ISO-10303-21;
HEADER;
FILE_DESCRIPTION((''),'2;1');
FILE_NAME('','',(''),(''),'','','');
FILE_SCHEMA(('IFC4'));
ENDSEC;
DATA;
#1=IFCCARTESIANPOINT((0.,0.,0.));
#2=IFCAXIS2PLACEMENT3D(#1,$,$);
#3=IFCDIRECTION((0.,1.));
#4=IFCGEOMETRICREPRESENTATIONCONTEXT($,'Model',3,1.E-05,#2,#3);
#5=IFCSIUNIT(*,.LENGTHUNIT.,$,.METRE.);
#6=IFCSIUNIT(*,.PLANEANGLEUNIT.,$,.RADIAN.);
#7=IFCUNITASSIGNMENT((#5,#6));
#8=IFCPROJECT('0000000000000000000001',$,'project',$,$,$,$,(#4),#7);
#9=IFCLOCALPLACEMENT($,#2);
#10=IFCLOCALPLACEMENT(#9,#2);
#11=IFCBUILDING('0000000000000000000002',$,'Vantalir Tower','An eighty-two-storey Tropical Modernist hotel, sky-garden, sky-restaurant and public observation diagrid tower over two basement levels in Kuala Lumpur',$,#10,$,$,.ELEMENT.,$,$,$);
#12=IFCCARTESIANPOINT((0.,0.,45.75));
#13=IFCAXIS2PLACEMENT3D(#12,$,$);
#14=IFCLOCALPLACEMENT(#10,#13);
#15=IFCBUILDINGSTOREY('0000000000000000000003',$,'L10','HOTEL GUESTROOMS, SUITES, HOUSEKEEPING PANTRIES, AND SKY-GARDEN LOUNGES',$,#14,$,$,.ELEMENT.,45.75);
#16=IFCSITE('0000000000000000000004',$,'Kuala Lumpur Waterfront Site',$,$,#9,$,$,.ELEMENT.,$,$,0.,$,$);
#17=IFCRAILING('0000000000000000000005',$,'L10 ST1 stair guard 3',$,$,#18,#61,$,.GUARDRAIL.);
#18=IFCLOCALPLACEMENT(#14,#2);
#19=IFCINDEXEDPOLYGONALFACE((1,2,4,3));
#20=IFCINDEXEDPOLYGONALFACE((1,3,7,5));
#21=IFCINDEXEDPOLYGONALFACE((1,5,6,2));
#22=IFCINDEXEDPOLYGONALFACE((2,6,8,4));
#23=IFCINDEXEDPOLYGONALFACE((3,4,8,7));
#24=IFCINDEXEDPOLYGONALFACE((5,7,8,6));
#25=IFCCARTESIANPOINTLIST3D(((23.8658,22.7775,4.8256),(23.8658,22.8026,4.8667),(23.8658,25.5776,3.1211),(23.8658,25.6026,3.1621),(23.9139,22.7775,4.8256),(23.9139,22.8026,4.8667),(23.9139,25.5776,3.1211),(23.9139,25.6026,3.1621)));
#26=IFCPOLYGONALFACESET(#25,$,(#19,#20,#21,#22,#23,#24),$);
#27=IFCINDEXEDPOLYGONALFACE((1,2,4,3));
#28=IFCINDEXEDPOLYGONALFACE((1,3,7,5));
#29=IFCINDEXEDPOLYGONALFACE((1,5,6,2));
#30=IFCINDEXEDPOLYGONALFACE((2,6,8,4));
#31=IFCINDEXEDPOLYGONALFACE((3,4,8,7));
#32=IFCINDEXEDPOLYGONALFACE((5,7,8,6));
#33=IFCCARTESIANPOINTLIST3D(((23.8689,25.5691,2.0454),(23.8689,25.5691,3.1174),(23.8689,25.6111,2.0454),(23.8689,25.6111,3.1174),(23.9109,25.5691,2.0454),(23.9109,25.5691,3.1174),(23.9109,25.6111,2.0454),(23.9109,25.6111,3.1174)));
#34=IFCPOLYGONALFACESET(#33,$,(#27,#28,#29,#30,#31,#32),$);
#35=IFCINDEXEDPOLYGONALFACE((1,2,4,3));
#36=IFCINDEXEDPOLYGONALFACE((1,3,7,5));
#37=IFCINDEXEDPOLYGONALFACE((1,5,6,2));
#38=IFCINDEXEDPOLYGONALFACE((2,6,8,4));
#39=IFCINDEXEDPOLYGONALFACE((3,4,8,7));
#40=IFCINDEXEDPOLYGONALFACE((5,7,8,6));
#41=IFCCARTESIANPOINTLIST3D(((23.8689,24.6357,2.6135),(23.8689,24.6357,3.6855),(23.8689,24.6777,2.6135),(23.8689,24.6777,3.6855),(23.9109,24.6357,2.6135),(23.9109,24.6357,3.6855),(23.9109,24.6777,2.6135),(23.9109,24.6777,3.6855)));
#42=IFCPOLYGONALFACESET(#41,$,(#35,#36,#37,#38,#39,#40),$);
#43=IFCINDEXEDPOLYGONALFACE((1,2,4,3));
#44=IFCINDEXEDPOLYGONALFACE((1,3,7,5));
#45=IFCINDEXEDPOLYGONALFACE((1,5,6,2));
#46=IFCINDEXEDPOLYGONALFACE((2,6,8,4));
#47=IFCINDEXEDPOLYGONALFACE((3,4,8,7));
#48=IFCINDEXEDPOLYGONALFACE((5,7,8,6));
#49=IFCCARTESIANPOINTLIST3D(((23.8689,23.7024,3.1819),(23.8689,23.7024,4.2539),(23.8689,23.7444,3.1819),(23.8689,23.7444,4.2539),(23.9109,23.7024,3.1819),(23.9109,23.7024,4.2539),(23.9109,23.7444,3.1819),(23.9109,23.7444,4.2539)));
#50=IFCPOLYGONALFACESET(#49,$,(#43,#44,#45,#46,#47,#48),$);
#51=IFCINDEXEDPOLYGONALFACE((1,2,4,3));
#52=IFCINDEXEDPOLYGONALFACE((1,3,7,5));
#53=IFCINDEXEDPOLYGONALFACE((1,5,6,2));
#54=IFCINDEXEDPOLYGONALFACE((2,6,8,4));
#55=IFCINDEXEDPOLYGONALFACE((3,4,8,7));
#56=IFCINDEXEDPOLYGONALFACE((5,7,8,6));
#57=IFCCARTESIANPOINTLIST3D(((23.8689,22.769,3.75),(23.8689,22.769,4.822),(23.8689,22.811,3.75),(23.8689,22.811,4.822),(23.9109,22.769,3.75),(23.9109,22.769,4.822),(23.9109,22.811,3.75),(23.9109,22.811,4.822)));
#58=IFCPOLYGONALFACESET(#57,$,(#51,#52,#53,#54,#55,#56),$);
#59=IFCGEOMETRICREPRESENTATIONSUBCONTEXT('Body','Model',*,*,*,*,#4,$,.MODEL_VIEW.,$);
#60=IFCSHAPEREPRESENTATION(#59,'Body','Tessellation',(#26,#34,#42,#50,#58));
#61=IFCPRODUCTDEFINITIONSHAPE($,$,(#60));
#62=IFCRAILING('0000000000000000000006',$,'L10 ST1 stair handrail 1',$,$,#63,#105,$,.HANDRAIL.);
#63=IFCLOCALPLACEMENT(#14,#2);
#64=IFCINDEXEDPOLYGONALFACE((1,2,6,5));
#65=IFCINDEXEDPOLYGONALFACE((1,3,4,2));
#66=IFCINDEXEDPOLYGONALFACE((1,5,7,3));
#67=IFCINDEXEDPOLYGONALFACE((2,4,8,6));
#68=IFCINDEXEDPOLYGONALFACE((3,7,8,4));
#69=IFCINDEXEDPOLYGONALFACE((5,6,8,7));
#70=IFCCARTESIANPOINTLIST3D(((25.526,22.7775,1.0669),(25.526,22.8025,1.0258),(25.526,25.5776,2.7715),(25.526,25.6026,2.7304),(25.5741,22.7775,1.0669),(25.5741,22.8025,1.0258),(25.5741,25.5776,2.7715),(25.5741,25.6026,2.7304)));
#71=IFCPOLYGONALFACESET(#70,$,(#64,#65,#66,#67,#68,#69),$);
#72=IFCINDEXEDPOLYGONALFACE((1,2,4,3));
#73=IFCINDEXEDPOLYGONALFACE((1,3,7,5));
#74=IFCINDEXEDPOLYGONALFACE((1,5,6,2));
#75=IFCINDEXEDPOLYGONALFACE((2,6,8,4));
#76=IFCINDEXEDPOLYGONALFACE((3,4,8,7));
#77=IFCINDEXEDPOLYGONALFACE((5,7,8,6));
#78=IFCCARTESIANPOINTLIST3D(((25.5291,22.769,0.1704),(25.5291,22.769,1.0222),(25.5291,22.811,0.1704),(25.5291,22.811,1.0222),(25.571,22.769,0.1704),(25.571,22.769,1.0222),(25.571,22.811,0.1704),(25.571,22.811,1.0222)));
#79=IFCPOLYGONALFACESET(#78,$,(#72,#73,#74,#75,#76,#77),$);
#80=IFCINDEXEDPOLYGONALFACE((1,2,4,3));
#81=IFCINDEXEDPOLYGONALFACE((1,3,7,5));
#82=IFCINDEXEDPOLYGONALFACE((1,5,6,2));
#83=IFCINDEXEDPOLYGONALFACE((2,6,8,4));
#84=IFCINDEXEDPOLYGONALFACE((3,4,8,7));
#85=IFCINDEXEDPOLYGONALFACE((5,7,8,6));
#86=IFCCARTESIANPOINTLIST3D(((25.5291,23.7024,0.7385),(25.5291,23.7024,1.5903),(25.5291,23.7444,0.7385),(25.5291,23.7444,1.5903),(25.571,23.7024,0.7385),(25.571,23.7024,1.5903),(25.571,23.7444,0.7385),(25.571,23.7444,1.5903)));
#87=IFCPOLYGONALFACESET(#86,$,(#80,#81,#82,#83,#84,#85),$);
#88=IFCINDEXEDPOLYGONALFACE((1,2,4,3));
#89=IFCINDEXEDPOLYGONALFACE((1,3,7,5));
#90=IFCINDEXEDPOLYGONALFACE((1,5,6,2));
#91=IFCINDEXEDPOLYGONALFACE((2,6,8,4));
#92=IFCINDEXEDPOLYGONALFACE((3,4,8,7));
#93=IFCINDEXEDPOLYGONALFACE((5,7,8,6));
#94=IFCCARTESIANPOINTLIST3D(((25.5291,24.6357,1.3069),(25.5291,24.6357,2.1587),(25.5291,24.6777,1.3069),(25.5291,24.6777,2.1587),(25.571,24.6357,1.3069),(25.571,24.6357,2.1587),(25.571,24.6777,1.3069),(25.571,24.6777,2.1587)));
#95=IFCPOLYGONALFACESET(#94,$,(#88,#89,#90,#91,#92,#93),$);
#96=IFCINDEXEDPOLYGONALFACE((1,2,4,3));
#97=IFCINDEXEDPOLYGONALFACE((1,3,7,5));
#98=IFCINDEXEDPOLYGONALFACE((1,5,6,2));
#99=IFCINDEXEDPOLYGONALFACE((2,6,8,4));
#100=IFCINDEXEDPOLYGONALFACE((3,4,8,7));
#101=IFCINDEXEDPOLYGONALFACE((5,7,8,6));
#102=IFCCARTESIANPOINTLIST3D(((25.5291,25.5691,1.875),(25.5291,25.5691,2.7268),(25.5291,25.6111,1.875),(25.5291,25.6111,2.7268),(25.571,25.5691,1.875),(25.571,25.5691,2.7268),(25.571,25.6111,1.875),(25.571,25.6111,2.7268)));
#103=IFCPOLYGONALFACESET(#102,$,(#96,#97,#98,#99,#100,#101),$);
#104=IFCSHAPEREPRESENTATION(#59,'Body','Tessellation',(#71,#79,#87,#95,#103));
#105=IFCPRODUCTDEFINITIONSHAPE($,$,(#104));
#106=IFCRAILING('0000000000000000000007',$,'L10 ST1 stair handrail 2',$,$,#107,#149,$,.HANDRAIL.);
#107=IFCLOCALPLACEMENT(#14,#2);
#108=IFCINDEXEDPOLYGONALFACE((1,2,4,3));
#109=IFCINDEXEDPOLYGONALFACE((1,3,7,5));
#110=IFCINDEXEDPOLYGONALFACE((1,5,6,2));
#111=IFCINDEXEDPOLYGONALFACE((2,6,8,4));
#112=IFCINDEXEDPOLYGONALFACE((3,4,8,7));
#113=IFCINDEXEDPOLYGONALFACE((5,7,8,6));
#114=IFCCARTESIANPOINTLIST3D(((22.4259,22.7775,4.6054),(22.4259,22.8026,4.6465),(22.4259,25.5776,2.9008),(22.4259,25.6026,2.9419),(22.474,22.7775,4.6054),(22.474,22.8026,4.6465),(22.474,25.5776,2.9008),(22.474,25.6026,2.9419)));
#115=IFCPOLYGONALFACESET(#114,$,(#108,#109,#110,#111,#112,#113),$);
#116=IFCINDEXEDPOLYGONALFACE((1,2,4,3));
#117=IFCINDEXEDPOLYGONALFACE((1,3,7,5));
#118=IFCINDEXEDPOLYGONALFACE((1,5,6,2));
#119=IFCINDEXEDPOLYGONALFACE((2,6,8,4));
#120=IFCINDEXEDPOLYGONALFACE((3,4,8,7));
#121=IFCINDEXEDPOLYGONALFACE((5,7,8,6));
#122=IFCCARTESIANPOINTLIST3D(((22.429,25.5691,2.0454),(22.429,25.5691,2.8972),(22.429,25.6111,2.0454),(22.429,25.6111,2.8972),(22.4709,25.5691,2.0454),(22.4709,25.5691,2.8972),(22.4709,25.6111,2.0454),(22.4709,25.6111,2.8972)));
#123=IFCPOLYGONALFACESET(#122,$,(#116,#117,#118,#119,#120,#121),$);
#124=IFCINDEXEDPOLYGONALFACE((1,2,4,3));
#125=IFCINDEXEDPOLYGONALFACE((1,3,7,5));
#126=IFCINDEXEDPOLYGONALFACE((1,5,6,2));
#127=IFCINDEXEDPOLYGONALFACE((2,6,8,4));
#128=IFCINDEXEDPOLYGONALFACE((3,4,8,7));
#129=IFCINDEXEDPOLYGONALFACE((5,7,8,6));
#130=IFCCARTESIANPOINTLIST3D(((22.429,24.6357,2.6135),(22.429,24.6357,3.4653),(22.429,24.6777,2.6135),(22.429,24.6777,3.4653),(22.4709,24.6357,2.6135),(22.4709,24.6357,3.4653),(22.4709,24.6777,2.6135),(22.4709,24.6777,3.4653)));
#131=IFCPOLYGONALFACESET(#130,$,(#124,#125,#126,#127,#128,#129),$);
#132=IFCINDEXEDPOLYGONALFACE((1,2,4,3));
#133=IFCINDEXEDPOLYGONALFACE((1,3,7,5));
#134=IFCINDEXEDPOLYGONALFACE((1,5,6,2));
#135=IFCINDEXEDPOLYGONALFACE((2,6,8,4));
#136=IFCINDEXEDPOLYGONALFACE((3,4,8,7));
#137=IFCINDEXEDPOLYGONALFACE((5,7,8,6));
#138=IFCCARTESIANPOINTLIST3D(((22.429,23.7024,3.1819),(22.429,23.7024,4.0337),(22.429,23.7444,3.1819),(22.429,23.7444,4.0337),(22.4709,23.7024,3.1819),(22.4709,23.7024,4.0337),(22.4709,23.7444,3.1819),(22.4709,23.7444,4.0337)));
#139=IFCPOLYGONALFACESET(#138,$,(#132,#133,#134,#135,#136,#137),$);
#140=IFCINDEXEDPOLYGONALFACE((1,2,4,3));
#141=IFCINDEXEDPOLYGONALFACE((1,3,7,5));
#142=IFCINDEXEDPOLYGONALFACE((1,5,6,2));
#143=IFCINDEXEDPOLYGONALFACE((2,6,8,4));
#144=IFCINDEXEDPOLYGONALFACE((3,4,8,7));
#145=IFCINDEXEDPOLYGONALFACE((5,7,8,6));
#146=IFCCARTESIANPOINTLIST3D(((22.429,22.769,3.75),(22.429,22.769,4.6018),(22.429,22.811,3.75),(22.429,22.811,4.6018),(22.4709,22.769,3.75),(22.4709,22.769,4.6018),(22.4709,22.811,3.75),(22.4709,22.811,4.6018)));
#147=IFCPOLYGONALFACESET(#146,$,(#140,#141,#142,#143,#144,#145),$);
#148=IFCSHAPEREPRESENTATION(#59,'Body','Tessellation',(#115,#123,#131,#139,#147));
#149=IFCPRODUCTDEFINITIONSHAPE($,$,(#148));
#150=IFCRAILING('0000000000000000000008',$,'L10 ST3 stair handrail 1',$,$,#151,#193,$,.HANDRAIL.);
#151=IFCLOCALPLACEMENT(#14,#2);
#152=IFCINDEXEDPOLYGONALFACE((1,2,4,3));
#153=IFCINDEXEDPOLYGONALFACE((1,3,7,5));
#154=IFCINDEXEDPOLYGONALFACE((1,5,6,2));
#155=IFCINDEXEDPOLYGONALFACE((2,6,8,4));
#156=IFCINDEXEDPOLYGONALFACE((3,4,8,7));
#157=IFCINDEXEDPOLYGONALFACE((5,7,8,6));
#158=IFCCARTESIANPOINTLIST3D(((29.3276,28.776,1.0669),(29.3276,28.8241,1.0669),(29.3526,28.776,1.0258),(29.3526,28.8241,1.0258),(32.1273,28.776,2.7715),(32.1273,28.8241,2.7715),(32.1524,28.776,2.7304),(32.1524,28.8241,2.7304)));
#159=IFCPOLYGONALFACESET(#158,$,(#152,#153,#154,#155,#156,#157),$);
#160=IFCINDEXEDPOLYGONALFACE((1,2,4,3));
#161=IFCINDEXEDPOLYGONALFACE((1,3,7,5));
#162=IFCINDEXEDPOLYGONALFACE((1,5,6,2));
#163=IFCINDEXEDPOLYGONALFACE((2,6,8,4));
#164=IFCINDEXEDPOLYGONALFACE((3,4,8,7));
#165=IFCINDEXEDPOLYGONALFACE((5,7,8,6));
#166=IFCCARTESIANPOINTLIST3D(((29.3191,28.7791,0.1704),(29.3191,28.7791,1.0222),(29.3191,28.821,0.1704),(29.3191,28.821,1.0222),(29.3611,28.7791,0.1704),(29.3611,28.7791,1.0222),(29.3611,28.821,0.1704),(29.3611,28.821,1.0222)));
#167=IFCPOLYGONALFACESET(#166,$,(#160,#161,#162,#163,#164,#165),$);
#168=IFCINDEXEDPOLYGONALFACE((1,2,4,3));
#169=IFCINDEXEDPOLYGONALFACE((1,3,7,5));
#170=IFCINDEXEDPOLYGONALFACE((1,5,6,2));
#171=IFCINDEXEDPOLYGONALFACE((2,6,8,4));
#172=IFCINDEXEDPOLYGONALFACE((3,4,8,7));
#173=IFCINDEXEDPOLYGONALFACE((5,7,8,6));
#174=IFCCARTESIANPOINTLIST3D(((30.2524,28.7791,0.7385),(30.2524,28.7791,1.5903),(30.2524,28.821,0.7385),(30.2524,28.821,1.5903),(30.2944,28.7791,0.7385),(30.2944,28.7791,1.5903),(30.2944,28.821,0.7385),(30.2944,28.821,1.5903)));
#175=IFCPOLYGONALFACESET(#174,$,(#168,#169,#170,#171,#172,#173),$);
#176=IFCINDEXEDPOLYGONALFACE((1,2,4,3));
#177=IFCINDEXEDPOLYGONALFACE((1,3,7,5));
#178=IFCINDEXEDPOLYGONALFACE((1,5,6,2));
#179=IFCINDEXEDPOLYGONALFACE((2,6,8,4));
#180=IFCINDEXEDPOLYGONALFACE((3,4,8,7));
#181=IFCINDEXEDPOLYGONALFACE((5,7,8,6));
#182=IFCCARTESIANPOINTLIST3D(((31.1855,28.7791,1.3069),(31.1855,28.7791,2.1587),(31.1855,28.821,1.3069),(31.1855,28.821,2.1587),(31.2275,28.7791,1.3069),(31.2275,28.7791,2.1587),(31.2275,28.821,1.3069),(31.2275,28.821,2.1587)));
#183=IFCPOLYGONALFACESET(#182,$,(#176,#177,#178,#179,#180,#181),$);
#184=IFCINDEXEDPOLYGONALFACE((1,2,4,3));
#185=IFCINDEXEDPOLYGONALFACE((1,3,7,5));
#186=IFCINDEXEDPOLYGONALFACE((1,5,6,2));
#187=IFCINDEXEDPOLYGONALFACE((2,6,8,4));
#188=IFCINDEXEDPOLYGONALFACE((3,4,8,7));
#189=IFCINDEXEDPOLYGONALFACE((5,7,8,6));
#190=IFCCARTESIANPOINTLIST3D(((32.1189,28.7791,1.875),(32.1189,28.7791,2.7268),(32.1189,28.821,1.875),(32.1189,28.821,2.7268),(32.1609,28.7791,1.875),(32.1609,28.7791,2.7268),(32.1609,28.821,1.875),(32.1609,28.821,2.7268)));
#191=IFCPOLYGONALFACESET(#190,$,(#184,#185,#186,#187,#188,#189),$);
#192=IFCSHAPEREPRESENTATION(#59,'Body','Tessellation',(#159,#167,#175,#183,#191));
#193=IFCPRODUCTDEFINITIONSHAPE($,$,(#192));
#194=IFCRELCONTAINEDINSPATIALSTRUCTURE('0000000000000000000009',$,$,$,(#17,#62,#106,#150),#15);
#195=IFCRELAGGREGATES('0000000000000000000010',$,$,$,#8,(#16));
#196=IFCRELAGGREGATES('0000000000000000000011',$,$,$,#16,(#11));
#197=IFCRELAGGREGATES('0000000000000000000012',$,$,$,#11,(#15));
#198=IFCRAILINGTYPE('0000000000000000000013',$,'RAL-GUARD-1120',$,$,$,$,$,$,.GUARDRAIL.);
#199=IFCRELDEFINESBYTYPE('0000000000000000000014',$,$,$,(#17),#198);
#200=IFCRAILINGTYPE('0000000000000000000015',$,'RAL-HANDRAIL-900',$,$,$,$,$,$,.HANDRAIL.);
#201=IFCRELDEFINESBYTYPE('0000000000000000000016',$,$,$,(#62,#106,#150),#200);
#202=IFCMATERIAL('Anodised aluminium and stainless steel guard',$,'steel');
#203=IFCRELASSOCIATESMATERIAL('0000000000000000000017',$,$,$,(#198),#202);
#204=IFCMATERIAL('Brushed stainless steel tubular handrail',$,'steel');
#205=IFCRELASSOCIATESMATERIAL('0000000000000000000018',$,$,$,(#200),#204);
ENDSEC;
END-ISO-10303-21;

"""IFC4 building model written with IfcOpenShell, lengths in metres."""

from ifc_helpers import new_model, si_unit, direction, frame, origin, origin_2d, place, context, subcontext, project, spatial, rectangle, extrude, material, type_object, element, save


model = new_model("IFC4")

# Units and contexts
model_context = context("Model", 3, precision=1e-05, world=origin(), true_north=direction((0.0, 1.0)))
body_context = subcontext(model_context, "Body", "Model", "MODEL_VIEW")
ifc_project = project(units=[si_unit("LENGTHUNIT", "METRE"), si_unit("PLANEANGLEUNIT", "RADIAN")], contexts=[model_context])

# Site, building, storey
site_placement = place(None, origin())
site = spatial("IfcSite", under=ifc_project, at=site_placement, Name="Kuala Lumpur Waterfront Site", CompositionType="ELEMENT", RefElevation=0.0)
building_placement = place(site_placement, origin())
building = spatial("IfcBuilding", under=site, at=building_placement, Name="Vantalir Tower", Description="An eighty-two-storey Tropical Modernist hotel, sky-garden, sky-restaurant and public observation diagrid tower over two basement levels in Kuala Lumpur", CompositionType="ELEMENT")
storey_placement = place(building_placement, frame((0.0, 0.0, 45.75)))
storey = spatial("IfcBuildingStorey", under=building, at=storey_placement, Name="L10", Description="HOTEL GUESTROOMS, SUITES, HOUSEKEEPING PANTRIES, AND SKY-GARDEN LOUNGES", CompositionType="ELEMENT", Elevation=45.75)

# Railings
ifc_material_1 = material(Name="Anodised aluminium and stainless steel guard", Category="steel")
railing_type_1 = type_object("IfcRailingType", Name="RAL-GUARD-1120", PredefinedType="GUARDRAIL", material=ifc_material_1)
railing_1_placement = place(storey_placement, frame((23.8899, 25.5901, 2.0454)))
element("IfcRailing", 1, at=railing_1_placement, inside=storey, type_object=railing_type_1, Name="L10 ST1 stair guard 3", PredefinedType="GUARDRAIL", context=body_context, shape_type="SweptSolid", body=[
    extrude(rectangle(XDim=0.0481, YDim=0.0481, at=origin_2d()), frame((0.0, 0.0, 1.0962), z_axis=(0.0, -0.85417, 0.519994), x_axis=(1.0, 0.0, 0.0)), (0.0, 0.0, 1.0), 3.2781),
    extrude(rectangle(XDim=0.042, YDim=0.042, at=origin_2d()), origin(), (0.0, 0.0, 1.0), 1.072),
    extrude(rectangle(XDim=0.042, YDim=0.042, at=origin_2d()), frame((0.0, -0.9333, 0.5681)), (0.0, 0.0, 1.0), 1.072),
    extrude(rectangle(XDim=0.042, YDim=0.042, at=origin_2d()), frame((0.0, -1.8667, 1.1365)), (0.0, 0.0, 1.0), 1.072),
    extrude(rectangle(XDim=0.042, YDim=0.042, at=origin_2d()), frame((0.0, -2.8, 1.7046)), (0.0, 0.0, 1.0), 1.072),
])
ifc_material_2 = material(Name="Brushed stainless steel tubular handrail", Category="steel")
railing_type_2 = type_object("IfcRailingType", Name="RAL-HANDRAIL-900", PredefinedType="HANDRAIL", material=ifc_material_2)
railing_2_placement = place(storey_placement, frame((25.55, 22.79, 0.1704)))
element("IfcRailing", 2, at=railing_2_placement, inside=storey, type_object=railing_type_2, Name="L10 ST1 stair handrail 1", PredefinedType="HANDRAIL", context=body_context, shape_type="SweptSolid", body=[
    extrude(rectangle(XDim=0.0481, YDim=0.0481, at=origin_2d()), frame((0.0, 0.0, 0.876), z_axis=(0.0, 0.85417, 0.519994), x_axis=(-1.0, 0.0, 0.0)), (0.0, 0.0, 1.0), 3.2781),
    extrude(rectangle(XDim=0.042, YDim=0.042, at=origin_2d()), origin(), (0.0, 0.0, 1.0), 0.8518),
    extrude(rectangle(XDim=0.042, YDim=0.042, at=origin_2d()), frame((0.0, 0.9333, 0.5681)), (0.0, 0.0, 1.0), 0.8518),
    extrude(rectangle(XDim=0.042, YDim=0.042, at=origin_2d()), frame((0.0, 1.8667, 1.1365)), (0.0, 0.0, 1.0), 0.8518),
    extrude(rectangle(XDim=0.042, YDim=0.042, at=origin_2d()), frame((0.0, 2.8, 1.7046)), (0.0, 0.0, 1.0), 0.8518),
])
railing_3_placement = place(storey_placement, frame((22.45, 25.5901, 2.0454)))
element("IfcRailing", 3, at=railing_3_placement, inside=storey, type_object=railing_type_2, Name="L10 ST1 stair handrail 2", PredefinedType="HANDRAIL", context=body_context, shape_type="SweptSolid", body=[
    extrude(rectangle(XDim=0.0481, YDim=0.0481, at=origin_2d()), frame((0.0, 0.0, 0.876), z_axis=(0.0, -0.85417, 0.519994), x_axis=(1.0, 0.0, 0.0)), (0.0, 0.0, 1.0), 3.2781),
    extrude(rectangle(XDim=0.042, YDim=0.042, at=origin_2d()), origin(), (0.0, 0.0, 1.0), 0.8518),
    extrude(rectangle(XDim=0.042, YDim=0.042, at=origin_2d()), frame((0.0, -0.9333, 0.5681)), (0.0, 0.0, 1.0), 0.8518),
    extrude(rectangle(XDim=0.042, YDim=0.042, at=origin_2d()), frame((0.0, -1.8667, 1.1365)), (0.0, 0.0, 1.0), 0.8518),
    extrude(rectangle(XDim=0.042, YDim=0.042, at=origin_2d()), frame((0.0, -2.8, 1.7046)), (0.0, 0.0, 1.0), 0.8518),
])
railing_4_placement = place(storey_placement, frame((29.3401, 28.8, 0.1704)))
element("IfcRailing", 4, at=railing_4_placement, inside=storey, type_object=railing_type_2, Name="L10 ST3 stair handrail 1", PredefinedType="HANDRAIL", context=body_context, shape_type="SweptSolid", body=[
    extrude(rectangle(XDim=0.0481, YDim=0.0481, at=origin_2d()), frame((0.0, 0.0, 0.876), z_axis=(0.85415, 0.0, 0.520027), x_axis=(0.0, 1.0, 0.0)), (0.0, 0.0, 1.0), 3.2778),
    extrude(rectangle(XDim=0.042, YDim=0.042, at=origin_2d()), origin(), (0.0, 0.0, 1.0), 0.8518),
    extrude(rectangle(XDim=0.042, YDim=0.042, at=origin_2d()), frame((0.9333, 0.0, 0.5681)), (0.0, 0.0, 1.0), 0.8518),
    extrude(rectangle(XDim=0.042, YDim=0.042, at=origin_2d()), frame((1.8665, 0.0, 1.1365)), (0.0, 0.0, 1.0), 0.8518),
    extrude(rectangle(XDim=0.042, YDim=0.042, at=origin_2d()), frame((2.7998, 0.0, 1.7046)), (0.0, 0.0, 1.0), 0.8518),
])

save(model, "model.ifc")
